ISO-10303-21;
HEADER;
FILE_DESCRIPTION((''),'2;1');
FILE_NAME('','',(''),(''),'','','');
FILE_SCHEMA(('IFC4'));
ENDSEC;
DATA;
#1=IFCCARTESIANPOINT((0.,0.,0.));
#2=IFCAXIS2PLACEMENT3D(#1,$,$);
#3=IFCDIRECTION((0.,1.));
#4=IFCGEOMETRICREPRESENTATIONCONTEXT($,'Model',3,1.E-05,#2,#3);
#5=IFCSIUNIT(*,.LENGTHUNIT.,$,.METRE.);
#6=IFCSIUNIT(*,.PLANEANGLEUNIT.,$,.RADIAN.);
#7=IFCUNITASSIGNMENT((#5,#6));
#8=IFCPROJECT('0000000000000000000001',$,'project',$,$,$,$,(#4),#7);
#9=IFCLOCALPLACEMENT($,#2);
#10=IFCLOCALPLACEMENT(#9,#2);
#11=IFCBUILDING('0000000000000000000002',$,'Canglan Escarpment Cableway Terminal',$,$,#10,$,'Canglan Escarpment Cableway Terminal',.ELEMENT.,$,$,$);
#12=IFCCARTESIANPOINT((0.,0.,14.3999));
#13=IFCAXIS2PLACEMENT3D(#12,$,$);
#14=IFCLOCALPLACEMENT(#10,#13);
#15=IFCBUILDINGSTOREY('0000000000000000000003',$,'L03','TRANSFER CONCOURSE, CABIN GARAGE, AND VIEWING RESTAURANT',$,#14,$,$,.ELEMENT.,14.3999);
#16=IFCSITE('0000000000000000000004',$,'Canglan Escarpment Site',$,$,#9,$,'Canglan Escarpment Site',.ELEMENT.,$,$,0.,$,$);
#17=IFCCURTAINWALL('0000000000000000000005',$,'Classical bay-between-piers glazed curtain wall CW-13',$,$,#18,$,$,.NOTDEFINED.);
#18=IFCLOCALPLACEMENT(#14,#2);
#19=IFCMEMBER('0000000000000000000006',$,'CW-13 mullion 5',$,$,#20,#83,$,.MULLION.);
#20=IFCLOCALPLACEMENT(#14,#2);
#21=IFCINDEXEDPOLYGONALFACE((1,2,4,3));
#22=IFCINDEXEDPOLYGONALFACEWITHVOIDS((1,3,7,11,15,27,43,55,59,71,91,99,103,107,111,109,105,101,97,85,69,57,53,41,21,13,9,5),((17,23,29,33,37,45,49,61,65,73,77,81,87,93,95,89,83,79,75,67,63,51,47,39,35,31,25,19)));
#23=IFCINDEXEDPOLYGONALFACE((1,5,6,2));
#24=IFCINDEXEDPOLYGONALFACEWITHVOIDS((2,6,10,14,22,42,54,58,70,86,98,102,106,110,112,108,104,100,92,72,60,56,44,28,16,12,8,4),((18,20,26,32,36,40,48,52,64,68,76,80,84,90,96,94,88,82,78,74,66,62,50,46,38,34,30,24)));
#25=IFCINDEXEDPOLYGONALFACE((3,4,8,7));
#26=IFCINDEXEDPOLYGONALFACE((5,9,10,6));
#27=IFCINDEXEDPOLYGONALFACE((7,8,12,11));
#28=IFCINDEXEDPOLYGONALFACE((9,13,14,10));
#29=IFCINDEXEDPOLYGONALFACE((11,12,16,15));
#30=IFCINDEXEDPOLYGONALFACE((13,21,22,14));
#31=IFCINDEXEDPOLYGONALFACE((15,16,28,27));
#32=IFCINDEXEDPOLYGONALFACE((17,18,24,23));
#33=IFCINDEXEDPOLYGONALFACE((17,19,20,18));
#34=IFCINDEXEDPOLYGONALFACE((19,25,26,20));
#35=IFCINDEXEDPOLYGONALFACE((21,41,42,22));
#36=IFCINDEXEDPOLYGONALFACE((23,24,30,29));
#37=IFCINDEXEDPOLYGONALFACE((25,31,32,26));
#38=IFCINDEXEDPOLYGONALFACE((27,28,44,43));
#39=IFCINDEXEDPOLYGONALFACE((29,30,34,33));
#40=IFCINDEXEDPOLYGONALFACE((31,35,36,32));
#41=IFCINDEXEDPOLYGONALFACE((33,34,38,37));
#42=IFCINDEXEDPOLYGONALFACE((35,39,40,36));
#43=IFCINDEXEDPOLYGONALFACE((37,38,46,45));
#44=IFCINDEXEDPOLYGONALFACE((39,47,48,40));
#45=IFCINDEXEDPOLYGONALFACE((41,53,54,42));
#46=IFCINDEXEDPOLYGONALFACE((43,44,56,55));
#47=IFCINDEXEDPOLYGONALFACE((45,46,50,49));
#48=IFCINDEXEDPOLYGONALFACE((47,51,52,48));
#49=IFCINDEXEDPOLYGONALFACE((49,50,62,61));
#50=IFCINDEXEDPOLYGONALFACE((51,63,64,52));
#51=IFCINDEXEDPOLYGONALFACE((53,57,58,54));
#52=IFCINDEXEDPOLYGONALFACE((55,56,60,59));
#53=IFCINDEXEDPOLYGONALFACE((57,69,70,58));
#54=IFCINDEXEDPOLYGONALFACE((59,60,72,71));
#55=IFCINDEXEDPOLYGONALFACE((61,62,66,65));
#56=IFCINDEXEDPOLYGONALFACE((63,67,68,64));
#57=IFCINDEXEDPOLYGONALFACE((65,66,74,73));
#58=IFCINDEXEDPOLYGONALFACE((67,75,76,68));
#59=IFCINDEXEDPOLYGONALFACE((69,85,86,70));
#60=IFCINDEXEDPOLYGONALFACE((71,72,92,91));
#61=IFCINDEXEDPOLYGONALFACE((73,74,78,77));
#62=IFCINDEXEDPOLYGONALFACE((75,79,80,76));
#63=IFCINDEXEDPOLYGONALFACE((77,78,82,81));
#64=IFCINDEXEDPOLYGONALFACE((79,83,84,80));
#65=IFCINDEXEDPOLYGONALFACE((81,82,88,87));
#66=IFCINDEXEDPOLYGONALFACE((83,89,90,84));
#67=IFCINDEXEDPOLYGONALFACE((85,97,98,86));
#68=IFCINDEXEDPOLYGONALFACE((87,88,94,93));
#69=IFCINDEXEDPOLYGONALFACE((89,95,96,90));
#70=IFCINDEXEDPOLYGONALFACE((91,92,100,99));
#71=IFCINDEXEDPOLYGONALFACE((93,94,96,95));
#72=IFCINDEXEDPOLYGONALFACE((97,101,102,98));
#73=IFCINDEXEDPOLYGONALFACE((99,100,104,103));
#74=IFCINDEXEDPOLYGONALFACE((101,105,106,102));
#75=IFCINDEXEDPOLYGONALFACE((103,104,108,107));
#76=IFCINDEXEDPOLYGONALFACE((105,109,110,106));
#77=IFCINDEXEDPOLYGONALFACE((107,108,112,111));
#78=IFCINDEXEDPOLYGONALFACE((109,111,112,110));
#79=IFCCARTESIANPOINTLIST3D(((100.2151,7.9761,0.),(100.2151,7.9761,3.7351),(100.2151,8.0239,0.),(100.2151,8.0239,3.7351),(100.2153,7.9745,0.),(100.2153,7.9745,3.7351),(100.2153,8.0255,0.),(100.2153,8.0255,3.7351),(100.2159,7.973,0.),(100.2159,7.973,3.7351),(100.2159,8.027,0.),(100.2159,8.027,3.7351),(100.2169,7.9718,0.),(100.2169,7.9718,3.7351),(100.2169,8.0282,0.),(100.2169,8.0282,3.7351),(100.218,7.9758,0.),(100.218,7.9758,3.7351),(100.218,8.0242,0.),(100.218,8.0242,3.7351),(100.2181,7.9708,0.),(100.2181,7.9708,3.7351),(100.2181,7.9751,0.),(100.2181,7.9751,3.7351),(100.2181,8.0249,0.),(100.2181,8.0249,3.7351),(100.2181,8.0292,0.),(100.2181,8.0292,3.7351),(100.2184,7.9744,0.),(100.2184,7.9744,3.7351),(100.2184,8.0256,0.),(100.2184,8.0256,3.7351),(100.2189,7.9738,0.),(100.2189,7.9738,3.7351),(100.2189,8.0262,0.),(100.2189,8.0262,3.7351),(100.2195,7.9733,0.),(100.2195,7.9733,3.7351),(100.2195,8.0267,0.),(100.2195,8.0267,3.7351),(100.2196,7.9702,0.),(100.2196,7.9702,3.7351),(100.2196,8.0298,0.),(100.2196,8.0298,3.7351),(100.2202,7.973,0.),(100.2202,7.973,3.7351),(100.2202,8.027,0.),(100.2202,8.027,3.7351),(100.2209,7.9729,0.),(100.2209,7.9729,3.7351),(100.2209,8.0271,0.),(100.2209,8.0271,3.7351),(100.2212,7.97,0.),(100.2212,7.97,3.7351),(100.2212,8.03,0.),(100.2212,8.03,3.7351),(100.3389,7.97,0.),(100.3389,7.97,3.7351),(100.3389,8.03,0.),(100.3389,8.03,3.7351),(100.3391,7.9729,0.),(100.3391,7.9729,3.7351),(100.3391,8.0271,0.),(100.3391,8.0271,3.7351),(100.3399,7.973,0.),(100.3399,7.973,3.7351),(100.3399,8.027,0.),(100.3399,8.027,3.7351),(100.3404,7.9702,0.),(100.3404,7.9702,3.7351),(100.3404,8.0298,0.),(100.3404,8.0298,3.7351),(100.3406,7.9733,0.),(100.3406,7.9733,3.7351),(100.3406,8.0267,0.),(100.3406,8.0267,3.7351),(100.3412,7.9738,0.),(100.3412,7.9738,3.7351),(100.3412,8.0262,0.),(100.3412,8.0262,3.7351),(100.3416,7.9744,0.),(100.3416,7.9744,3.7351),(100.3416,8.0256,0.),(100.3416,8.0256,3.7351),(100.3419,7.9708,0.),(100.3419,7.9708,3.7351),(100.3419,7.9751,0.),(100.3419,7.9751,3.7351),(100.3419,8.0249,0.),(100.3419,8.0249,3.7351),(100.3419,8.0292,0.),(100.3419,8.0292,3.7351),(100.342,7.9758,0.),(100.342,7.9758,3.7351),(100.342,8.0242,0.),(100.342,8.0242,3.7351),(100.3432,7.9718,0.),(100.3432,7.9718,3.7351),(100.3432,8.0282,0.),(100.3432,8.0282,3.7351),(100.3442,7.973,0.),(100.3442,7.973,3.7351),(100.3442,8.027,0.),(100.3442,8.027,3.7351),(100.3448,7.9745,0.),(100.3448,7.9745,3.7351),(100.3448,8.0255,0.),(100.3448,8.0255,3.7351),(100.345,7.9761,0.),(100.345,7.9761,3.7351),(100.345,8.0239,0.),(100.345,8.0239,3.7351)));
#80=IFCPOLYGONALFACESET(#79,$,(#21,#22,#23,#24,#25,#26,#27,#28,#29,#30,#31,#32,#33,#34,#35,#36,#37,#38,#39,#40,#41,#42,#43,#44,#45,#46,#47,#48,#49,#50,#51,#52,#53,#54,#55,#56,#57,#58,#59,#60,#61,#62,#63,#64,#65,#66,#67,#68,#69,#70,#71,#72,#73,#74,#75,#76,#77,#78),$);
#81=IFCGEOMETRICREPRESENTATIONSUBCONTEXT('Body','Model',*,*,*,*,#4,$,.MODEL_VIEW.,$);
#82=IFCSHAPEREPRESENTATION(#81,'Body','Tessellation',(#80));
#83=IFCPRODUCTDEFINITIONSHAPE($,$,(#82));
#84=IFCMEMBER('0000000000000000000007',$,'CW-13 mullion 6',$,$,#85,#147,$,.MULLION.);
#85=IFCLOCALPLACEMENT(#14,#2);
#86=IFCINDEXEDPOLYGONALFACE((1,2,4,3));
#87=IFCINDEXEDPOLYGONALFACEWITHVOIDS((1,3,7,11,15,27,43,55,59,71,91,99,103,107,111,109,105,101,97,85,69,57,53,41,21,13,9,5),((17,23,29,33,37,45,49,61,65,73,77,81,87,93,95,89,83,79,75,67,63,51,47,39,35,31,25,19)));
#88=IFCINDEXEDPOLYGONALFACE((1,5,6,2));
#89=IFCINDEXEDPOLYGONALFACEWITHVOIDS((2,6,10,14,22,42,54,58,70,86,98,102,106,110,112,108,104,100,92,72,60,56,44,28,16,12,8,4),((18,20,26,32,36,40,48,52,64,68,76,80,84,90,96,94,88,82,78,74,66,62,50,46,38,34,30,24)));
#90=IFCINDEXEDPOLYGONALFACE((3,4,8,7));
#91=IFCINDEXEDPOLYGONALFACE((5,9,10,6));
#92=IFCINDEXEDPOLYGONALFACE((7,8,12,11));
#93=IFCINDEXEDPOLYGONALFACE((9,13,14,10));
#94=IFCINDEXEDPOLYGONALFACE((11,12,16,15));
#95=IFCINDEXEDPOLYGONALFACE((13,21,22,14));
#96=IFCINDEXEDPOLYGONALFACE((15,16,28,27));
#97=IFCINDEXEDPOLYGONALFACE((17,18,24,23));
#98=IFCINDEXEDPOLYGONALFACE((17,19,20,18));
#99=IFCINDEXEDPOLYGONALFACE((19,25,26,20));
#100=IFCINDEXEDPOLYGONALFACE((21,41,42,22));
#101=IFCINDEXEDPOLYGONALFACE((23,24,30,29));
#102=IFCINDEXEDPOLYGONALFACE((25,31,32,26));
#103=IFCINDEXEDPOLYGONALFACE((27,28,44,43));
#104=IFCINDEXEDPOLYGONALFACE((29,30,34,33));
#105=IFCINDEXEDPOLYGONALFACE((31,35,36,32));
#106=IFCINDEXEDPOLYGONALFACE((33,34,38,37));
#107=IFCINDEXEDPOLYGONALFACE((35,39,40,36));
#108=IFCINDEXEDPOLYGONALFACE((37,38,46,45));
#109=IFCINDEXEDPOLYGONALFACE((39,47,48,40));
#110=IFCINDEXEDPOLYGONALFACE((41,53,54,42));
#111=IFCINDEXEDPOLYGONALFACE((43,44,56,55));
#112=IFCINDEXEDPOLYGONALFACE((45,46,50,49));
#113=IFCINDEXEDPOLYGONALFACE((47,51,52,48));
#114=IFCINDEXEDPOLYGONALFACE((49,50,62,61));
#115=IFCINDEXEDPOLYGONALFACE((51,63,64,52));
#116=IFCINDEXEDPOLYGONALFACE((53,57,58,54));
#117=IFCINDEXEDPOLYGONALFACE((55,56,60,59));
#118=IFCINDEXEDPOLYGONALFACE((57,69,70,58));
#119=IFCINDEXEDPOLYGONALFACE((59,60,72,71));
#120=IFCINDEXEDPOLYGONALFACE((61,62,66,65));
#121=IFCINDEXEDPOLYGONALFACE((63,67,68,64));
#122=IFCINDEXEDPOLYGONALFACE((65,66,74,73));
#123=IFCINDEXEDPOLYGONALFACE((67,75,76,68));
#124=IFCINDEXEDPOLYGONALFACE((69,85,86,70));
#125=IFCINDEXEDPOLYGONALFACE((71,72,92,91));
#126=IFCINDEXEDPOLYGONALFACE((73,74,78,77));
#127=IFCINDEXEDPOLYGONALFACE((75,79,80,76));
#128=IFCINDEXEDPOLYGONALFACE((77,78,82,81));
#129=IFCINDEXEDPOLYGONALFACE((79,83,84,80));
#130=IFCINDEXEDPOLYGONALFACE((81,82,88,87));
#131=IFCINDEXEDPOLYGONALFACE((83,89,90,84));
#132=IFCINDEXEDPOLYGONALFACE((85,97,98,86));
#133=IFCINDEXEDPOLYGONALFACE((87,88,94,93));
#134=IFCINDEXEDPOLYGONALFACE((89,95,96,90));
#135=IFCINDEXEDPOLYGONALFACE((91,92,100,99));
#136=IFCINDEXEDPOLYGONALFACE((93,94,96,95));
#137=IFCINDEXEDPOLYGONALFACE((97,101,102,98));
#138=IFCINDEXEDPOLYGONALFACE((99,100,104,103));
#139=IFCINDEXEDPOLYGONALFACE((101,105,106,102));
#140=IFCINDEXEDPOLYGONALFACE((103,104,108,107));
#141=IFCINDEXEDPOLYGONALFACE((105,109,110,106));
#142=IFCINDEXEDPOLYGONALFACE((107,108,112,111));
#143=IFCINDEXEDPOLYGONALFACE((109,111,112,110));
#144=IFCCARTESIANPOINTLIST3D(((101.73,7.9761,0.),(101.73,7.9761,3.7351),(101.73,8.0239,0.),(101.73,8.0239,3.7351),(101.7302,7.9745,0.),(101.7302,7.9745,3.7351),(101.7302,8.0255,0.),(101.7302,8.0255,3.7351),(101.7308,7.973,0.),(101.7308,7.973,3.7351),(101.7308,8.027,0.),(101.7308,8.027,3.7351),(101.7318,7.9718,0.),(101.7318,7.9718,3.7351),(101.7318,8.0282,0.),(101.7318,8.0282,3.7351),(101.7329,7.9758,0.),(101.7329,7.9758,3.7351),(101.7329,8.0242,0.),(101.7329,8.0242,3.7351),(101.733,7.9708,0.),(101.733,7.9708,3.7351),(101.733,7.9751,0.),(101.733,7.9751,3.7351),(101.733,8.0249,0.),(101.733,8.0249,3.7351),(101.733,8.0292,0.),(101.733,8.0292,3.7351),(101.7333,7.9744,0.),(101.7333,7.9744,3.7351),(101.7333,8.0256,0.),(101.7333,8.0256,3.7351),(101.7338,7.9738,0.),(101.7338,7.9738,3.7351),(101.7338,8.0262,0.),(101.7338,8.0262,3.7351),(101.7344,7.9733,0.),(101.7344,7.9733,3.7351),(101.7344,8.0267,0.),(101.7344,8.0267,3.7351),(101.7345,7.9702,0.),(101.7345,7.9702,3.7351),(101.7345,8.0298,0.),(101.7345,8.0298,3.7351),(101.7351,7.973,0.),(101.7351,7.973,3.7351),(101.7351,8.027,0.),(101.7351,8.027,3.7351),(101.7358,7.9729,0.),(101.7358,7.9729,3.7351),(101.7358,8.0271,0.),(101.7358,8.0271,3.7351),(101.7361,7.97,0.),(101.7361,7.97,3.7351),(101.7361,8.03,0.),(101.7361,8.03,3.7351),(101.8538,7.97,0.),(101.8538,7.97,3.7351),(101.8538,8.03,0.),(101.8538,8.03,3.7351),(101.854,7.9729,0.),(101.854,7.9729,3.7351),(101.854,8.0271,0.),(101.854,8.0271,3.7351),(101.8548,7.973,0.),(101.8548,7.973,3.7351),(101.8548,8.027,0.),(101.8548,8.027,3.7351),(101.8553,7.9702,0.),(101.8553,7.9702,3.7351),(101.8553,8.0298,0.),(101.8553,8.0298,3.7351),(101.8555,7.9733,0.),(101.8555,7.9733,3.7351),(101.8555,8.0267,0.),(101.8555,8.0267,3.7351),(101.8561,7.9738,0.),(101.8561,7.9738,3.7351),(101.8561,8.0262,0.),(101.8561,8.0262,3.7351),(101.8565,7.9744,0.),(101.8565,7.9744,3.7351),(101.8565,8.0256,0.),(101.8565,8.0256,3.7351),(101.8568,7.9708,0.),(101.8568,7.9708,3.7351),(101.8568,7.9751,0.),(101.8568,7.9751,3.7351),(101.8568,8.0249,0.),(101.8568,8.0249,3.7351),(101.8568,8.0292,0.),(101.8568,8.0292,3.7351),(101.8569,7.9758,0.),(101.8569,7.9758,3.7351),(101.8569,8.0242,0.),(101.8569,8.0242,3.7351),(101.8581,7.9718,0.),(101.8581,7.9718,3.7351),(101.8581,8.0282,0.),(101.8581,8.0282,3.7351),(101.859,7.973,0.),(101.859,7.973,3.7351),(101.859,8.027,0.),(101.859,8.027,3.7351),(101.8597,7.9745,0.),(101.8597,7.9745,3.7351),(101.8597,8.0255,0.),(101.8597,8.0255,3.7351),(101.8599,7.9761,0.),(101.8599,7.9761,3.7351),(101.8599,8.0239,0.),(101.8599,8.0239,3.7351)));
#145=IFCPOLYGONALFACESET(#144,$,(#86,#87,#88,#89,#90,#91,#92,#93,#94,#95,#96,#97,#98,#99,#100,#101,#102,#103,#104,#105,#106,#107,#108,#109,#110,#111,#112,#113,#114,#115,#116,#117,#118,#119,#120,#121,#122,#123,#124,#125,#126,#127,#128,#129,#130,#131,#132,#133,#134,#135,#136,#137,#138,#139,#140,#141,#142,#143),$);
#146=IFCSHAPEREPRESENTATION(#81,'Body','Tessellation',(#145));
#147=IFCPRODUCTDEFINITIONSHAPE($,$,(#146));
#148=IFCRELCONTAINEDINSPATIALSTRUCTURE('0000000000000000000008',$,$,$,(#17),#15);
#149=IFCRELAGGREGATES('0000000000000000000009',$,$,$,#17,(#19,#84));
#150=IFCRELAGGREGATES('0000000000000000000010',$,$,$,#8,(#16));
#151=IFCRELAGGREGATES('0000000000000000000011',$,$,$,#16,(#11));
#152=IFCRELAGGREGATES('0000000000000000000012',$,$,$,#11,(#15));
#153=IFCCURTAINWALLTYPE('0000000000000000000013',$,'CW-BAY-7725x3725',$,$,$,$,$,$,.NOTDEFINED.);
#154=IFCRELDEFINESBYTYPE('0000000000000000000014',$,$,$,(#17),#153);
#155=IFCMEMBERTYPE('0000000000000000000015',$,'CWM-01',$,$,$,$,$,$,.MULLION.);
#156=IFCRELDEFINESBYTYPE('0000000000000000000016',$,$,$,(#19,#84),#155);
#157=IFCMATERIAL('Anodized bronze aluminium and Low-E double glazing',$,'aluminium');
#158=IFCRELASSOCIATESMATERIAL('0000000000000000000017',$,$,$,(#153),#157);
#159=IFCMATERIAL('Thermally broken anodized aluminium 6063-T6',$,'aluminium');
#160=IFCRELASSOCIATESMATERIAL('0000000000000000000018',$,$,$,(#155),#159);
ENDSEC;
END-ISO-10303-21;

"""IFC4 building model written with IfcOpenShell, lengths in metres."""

from ifc_helpers import new_model, si_unit, direction, frame, origin, origin_2d, place, context, subcontext, project, spatial, hollow_rectangle, extrude, material, material_profile, profile_set, type_object, element, aggregate, save


model = new_model("IFC4")

# Units and contexts
model_context = context("Model", 3, precision=1e-05, world=origin(), true_north=direction((0.0, 1.0)))
body_context = subcontext(model_context, "Body", "Model", "MODEL_VIEW")
ifc_project = project(units=[si_unit("LENGTHUNIT", "METRE"), si_unit("PLANEANGLEUNIT", "RADIAN")], contexts=[model_context])

# Site, building, storey
site_placement = place(None, origin())
site = spatial("IfcSite", under=ifc_project, at=site_placement, Name="Canglan Escarpment Site", LongName="Canglan Escarpment Site", CompositionType="ELEMENT", RefElevation=0.0)
building_placement = place(site_placement, origin())
building = spatial("IfcBuilding", under=site, at=building_placement, Name="Canglan Escarpment Cableway Terminal", LongName="Canglan Escarpment Cableway Terminal", CompositionType="ELEMENT")
storey_placement = place(building_placement, frame((0.0, 0.0, 14.3999)))
storey = spatial("IfcBuildingStorey", under=building, at=storey_placement, Name="L03", Description="TRANSFER CONCOURSE, CABIN GARAGE, AND VIEWING RESTAURANT", CompositionType="ELEMENT", Elevation=14.3999)

# Curtain wall, members
ifc_material_1 = material(Name="Anodized bronze aluminium and Low-E double glazing", Category="aluminium")
curtain_wall_type = type_object("IfcCurtainWallType", Name="CW-BAY-7725x3725", PredefinedType="NOTDEFINED", material=ifc_material_1)
curtain_wall_placement = place(storey_placement, origin())
curtain_wall = element("IfcCurtainWall", 1, at=curtain_wall_placement, inside=storey, type_object=curtain_wall_type, Name="Classical bay-between-piers glazed curtain wall CW-13", PredefinedType="NOTDEFINED")
ifc_material_2 = material(Name="Thermally broken anodized aluminium 6063-T6", Category="aluminium")
ifc_material_profile_1 = material_profile(ifc_material_2, hollow_rectangle(XDim=0.0601, YDim=0.1299, WallThickness=0.0029, InnerFilletRadius=0.0029, OuterFilletRadius=0.0061, at=origin_2d()), Name="ALU-MULL 60x130x3")
ifc_profile_set_1 = profile_set([ifc_material_profile_1], Name="Thermally broken anodized aluminium 6063-T6")
member_type_1 = type_object("IfcMemberType", Name="CWM-01", PredefinedType="MULLION", material=ifc_profile_set_1)
member_1_placement = place(storey_placement, frame((100.28, 8.0, 0.0), z_axis=(0.0, 0.0, 1.0), x_axis=(0.0, 1.0, 0.0)))
member_1 = element("IfcMember", 2, at=member_1_placement, type_object=member_type_1, Name="CW-13 mullion 5", PredefinedType="MULLION", context=body_context, shape_type="SweptSolid", body=[
    extrude(hollow_rectangle(XDim=0.0601, YDim=0.1299, WallThickness=0.0029, InnerFilletRadius=0.0029, OuterFilletRadius=0.0061, at=origin_2d()), origin(), (0.0, 0.0, 1.0), 3.7351),
])
member_2_placement = place(storey_placement, frame((101.7949, 8.0, 0.0), z_axis=(0.0, 0.0, 1.0), x_axis=(0.0, 1.0, 0.0)))
member_2 = element("IfcMember", 3, at=member_2_placement, type_object=member_type_1, Name="CW-13 mullion 6", PredefinedType="MULLION", context=body_context, shape_type="SweptSolid", body=[
    extrude(hollow_rectangle(XDim=0.0601, YDim=0.1299, WallThickness=0.0029, InnerFilletRadius=0.0029, OuterFilletRadius=0.0061, at=origin_2d()), origin(), (0.0, 0.0, 1.0), 3.7351),
])
aggregate(curtain_wall, [member_1, member_2])

save(model, "model.ifc")
